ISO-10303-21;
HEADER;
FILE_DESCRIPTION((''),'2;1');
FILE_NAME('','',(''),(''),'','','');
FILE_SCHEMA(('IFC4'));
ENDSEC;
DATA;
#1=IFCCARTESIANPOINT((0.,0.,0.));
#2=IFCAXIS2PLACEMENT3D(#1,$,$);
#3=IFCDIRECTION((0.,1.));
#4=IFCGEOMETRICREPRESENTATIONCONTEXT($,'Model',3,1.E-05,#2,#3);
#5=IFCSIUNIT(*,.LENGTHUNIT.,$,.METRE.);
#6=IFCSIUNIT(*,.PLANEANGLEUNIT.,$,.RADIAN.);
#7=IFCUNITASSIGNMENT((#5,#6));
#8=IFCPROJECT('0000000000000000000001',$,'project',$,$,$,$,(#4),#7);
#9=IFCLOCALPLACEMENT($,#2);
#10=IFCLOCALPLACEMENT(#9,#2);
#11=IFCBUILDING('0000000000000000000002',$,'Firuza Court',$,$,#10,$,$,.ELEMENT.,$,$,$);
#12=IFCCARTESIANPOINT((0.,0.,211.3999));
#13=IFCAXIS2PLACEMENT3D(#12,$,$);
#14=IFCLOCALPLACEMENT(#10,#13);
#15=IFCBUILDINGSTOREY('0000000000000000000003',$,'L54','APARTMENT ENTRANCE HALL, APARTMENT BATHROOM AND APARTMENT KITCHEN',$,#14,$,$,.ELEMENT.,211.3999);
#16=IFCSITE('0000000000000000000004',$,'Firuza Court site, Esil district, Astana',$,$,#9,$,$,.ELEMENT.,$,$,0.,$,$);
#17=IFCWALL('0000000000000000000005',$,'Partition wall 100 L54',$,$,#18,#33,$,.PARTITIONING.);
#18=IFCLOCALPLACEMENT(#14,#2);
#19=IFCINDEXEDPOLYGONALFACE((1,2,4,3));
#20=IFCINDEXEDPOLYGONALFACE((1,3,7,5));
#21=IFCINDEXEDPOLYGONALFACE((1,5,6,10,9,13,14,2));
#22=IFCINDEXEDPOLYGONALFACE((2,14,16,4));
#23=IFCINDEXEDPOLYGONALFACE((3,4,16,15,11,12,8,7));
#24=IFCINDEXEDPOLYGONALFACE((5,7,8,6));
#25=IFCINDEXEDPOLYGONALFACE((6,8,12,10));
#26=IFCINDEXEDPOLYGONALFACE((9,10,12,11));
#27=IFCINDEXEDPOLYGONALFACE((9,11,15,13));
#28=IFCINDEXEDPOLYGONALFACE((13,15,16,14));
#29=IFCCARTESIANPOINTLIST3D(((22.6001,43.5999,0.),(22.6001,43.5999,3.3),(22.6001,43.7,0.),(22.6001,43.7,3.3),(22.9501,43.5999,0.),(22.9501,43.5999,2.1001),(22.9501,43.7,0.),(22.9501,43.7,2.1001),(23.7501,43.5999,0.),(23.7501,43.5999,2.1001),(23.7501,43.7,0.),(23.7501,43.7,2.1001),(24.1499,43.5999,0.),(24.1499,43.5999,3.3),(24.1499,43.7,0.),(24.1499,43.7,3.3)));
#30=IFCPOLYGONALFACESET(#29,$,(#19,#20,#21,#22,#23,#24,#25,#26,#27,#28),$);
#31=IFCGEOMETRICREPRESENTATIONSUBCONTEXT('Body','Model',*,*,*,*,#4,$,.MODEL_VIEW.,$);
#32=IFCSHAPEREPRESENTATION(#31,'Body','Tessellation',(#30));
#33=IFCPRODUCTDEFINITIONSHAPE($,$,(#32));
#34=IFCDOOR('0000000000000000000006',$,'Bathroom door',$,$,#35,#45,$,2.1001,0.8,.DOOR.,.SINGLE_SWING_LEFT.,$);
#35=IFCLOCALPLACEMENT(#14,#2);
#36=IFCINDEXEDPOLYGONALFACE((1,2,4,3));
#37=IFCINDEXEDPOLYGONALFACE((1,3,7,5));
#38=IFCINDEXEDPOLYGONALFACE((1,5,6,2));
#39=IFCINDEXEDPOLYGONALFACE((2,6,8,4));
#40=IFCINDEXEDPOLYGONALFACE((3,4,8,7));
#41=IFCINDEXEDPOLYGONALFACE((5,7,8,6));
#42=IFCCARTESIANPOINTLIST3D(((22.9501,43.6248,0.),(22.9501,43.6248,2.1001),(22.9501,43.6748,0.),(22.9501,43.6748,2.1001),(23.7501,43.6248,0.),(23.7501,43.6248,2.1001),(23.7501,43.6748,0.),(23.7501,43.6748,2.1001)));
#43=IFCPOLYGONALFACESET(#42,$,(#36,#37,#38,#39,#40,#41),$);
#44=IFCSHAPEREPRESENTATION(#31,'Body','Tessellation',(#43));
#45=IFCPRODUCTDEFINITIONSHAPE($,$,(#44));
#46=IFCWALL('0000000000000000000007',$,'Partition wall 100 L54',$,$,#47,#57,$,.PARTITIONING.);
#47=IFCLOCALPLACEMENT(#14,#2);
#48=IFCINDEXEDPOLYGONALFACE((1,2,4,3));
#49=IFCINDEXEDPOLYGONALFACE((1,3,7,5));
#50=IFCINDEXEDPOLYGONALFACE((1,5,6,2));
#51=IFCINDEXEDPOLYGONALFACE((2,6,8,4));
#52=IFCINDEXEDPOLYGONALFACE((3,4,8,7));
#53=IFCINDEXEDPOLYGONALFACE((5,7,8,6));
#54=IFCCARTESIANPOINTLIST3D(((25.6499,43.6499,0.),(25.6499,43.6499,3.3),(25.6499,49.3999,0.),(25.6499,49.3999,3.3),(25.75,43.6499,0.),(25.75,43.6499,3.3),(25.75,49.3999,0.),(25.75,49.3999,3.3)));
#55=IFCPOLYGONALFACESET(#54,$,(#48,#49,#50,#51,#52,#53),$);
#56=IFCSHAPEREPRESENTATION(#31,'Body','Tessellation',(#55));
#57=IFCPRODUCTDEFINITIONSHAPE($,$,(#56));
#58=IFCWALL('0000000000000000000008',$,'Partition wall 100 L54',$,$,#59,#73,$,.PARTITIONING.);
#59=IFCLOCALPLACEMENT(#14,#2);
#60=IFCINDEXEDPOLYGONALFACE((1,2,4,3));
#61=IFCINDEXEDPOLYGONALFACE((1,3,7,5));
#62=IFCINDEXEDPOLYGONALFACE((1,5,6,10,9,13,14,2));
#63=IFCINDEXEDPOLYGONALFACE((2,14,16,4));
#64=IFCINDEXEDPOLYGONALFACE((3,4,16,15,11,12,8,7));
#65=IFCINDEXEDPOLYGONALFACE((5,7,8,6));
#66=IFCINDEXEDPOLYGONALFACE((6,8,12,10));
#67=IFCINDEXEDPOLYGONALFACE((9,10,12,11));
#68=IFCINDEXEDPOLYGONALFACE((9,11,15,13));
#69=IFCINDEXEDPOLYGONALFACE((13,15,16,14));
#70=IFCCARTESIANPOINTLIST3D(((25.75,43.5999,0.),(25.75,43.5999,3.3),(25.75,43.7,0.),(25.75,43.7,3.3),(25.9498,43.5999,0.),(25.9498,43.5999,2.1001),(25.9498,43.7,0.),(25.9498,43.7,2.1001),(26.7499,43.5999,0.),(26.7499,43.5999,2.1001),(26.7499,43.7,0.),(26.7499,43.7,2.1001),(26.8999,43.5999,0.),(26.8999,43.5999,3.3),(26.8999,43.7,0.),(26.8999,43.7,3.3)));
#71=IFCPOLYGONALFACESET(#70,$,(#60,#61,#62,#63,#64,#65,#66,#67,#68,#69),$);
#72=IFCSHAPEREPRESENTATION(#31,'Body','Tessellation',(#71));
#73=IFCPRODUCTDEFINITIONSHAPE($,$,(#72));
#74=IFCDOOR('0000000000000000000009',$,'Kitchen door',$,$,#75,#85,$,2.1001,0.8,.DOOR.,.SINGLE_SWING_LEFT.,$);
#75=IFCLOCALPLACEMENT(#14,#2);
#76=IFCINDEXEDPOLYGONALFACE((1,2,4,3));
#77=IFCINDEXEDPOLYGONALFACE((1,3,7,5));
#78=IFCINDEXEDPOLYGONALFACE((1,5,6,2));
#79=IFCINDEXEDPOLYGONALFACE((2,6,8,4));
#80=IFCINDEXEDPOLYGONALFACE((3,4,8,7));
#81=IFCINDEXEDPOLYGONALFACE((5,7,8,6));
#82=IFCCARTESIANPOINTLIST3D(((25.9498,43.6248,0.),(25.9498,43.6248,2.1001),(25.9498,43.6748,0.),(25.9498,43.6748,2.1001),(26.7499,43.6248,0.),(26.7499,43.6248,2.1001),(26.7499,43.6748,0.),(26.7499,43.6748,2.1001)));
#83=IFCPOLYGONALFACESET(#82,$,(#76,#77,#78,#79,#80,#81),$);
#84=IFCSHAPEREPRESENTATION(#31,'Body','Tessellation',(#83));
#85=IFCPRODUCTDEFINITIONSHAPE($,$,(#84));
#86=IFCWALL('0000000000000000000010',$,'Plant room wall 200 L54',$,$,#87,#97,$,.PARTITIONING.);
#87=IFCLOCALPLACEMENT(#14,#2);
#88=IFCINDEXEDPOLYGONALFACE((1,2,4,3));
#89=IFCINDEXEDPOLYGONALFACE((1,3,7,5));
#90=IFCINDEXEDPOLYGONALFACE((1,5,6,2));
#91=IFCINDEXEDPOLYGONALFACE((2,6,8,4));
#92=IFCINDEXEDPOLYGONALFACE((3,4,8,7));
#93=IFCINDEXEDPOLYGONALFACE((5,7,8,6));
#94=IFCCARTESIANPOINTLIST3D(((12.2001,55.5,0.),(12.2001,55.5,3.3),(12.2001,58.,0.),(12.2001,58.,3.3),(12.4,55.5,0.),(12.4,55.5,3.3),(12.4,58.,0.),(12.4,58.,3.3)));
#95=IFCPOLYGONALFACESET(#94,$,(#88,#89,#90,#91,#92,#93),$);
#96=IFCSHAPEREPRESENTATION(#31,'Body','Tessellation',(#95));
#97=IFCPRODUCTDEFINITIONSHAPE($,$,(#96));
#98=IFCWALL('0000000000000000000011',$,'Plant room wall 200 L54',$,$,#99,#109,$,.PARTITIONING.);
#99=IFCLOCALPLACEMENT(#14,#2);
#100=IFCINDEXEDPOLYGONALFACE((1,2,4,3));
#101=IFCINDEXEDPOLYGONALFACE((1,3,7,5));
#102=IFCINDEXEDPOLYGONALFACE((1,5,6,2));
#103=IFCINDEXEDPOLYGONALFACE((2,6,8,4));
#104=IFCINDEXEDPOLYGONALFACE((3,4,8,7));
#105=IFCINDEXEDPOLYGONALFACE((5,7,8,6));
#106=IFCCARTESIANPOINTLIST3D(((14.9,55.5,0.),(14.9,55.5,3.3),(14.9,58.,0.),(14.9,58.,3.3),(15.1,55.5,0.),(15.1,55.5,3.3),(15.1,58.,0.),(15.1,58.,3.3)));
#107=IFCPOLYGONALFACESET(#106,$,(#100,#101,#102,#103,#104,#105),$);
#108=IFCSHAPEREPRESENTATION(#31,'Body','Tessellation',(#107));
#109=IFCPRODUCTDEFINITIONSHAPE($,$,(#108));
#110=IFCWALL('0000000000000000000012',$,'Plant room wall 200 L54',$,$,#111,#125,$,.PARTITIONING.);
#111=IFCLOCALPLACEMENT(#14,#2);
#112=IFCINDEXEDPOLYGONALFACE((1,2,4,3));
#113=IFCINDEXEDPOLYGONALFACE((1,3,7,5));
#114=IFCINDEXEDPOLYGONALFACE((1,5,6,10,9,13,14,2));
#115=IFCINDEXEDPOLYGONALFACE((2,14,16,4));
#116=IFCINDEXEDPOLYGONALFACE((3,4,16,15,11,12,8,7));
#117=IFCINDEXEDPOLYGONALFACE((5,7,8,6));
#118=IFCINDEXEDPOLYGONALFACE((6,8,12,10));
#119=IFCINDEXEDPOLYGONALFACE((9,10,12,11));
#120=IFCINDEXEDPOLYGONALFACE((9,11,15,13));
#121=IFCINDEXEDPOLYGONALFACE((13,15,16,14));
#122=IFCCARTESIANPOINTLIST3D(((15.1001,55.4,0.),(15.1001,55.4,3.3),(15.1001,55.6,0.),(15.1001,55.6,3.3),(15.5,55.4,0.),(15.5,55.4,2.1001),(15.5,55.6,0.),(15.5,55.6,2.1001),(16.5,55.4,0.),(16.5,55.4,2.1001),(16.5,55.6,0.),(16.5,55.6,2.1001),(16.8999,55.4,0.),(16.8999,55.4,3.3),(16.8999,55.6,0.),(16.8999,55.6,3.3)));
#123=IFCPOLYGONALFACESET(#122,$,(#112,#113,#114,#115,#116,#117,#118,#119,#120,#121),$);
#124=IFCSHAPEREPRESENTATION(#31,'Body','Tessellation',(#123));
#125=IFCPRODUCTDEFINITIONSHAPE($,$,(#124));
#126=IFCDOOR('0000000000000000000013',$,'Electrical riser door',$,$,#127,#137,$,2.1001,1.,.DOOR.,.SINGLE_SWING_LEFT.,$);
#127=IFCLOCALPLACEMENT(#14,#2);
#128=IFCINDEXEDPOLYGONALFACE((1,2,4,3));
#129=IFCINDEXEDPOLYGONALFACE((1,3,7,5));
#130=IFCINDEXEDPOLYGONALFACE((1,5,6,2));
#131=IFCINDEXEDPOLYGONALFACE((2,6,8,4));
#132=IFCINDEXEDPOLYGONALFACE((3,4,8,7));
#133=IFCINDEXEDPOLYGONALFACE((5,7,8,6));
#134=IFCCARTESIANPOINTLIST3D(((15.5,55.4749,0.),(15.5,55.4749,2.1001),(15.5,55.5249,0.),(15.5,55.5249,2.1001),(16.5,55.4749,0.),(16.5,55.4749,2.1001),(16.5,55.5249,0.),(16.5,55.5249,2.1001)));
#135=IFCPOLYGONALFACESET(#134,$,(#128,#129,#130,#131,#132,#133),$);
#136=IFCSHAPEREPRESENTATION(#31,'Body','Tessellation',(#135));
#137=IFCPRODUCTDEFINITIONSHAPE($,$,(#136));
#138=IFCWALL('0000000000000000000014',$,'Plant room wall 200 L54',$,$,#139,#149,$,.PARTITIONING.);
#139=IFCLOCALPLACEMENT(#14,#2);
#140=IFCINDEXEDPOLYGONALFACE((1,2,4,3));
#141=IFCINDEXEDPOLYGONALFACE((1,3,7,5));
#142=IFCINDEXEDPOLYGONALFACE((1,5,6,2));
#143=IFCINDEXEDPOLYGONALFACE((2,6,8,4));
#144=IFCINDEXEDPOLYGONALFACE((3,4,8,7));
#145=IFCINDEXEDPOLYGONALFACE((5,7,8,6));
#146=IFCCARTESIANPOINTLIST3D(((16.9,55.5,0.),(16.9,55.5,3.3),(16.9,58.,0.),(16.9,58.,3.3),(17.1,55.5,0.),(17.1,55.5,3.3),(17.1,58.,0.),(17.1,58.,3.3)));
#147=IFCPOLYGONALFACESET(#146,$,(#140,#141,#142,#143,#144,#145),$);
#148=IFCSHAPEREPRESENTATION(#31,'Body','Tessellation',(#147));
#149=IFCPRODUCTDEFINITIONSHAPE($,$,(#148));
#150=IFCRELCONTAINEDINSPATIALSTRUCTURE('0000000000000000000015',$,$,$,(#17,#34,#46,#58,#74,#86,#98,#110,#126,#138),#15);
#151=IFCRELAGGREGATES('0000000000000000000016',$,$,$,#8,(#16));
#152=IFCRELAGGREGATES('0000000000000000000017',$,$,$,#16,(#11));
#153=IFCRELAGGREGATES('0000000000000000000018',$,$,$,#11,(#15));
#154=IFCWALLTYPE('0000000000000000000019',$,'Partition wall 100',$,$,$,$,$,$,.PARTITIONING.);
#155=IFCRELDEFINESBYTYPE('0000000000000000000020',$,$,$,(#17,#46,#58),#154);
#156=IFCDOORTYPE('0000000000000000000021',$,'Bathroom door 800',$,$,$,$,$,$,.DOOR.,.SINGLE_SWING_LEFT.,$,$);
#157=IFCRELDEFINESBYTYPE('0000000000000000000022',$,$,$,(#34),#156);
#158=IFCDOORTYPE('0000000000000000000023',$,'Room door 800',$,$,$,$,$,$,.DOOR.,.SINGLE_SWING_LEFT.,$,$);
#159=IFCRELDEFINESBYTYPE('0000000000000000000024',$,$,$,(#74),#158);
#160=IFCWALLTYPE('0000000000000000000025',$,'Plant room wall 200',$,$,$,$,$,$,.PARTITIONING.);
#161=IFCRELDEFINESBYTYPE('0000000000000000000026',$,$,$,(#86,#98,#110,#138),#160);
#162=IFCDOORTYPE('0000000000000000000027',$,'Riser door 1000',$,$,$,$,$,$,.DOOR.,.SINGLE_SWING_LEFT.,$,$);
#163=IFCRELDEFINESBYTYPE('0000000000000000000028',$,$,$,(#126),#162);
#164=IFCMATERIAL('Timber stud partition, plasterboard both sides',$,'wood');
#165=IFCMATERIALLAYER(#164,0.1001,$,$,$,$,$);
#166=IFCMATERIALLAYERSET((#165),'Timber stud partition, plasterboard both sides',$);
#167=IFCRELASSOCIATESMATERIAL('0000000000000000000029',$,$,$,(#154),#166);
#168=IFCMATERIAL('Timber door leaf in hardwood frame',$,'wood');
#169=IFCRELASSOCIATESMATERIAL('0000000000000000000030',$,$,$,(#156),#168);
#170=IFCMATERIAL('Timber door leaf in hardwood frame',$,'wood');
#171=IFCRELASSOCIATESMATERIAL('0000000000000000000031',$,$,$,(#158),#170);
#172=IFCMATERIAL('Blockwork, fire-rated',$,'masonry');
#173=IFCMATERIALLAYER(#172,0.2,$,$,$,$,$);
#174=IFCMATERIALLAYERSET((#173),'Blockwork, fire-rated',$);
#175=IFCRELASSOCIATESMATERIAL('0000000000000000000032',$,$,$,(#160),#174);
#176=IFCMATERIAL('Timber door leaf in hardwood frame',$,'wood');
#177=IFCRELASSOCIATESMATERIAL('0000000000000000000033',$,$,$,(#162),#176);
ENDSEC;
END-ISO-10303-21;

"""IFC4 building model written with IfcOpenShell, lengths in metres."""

from ifc_helpers import new_model, si_unit, direction, frame, frame_2d, origin, place, context, subcontext, project, spatial, rectangle, extrude, material, layer, layer_set, type_object, element, fill, save


model = new_model("IFC4")

# Units and contexts
model_context = context("Model", 3, precision=1e-05, world=origin(), true_north=direction((0.0, 1.0)))
body_context = subcontext(model_context, "Body", "Model", "MODEL_VIEW")
ifc_project = project(units=[si_unit("LENGTHUNIT", "METRE"), si_unit("PLANEANGLEUNIT", "RADIAN")], contexts=[model_context])

# Site, building, storey
site_placement = place(None, origin())
site = spatial("IfcSite", under=ifc_project, at=site_placement, Name="Firuza Court site, Esil district, Astana", CompositionType="ELEMENT", RefElevation=0.0)
building_placement = place(site_placement, origin())
building = spatial("IfcBuilding", under=site, at=building_placement, Name="Firuza Court", CompositionType="ELEMENT")
storey_placement = place(building_placement, frame((0.0, 0.0, 211.3999)))
storey = spatial("IfcBuildingStorey", under=building, at=storey_placement, Name="L54", Description="APARTMENT ENTRANCE HALL, APARTMENT BATHROOM AND APARTMENT KITCHEN", CompositionType="ELEMENT", Elevation=211.3999)

# Wall, opening, door
ifc_material_1 = material(Name="Timber stud partition, plasterboard both sides", Category="wood")
ifc_layer_1 = layer(ifc_material_1, 0.1001)
ifc_layer_set_1 = layer_set([ifc_layer_1], Name="Timber stud partition, plasterboard both sides")
wall_type_1 = type_object("IfcWallType", Name="Partition wall 100", PredefinedType="PARTITIONING", material=ifc_layer_set_1)
wall_1_placement = place(storey_placement, frame((22.6001, 43.6499, 0.0), z_axis=(0.0, 0.0, 1.0), x_axis=(1.0, 0.0, 0.0)))
wall_1 = element("IfcWall", 1, at=wall_1_placement, inside=storey, type_object=wall_type_1, Name="Partition wall 100 L54", PredefinedType="PARTITIONING", context=body_context, shape_type="SweptSolid", body=[
    extrude(rectangle(XDim=1.5498, YDim=0.1001, at=frame_2d((0.7749, 0.0))), origin(), (0.0, 0.0, 1.0), 3.3),
])
opening_1_placement = place(wall_1_placement, frame((0.3501, 0.0, 0.0)))
opening_1 = element("IfcOpeningElement", 2, at=opening_1_placement, cuts=wall_1, PredefinedType="OPENING", context=body_context, shape_type="SweptSolid", body=[
    extrude(rectangle(XDim=0.8, YDim=2.1001, at=frame_2d((0.3999, 1.05))), frame((0.0, 0.062, 0.0), z_axis=(0.0, -1.0, 0.0), x_axis=(1.0, 0.0, 0.0)), (0.0, 0.0, 1.0), 0.124),
])
ifc_material_2 = material(Name="Timber door leaf in hardwood frame", Category="wood")
door_type_1 = type_object("IfcDoorType", Name="Bathroom door 800", OperationType="SINGLE_SWING_LEFT", PredefinedType="DOOR", material=ifc_material_2)
door_1_placement = place(opening_1_placement, origin())
door_1 = element("IfcDoor", 3, at=door_1_placement, inside=storey, type_object=door_type_1, Name="Bathroom door", OperationType="SINGLE_SWING_LEFT", OverallHeight=2.1001, OverallWidth=0.8, PredefinedType="DOOR", context=body_context, shape_type="SweptSolid", body=[
    extrude(rectangle(XDim=0.8, YDim=2.1001, at=frame_2d((0.3999, 1.05))), frame((0.0, 0.0249, 0.0), z_axis=(0.0, -1.0, 0.0), x_axis=(1.0, 0.0, 0.0)), (0.0, 0.0, 1.0), 0.05),
])
fill(opening_1, door_1)

# Wall
wall_2_placement = place(storey_placement, frame((25.7, 43.6499, 0.0), z_axis=(0.0, 0.0, 1.0), x_axis=(0.0, 1.0, 0.0)))
element("IfcWall", 4, at=wall_2_placement, inside=storey, type_object=wall_type_1, Name="Partition wall 100 L54", PredefinedType="PARTITIONING", context=body_context, shape_type="SweptSolid", body=[
    extrude(rectangle(XDim=5.75, YDim=0.1001, at=frame_2d((2.875, 0.0))), origin(), (0.0, 0.0, 1.0), 3.3),
])

# Wall, opening, door
wall_3_placement = place(storey_placement, frame((25.75, 43.6499, 0.0), z_axis=(0.0, 0.0, 1.0), x_axis=(1.0, 0.0, 0.0)))
wall_3 = element("IfcWall", 5, at=wall_3_placement, inside=storey, type_object=wall_type_1, Name="Partition wall 100 L54", PredefinedType="PARTITIONING", context=body_context, shape_type="SweptSolid", body=[
    extrude(rectangle(XDim=1.1499, YDim=0.1001, at=frame_2d((0.575, 0.0))), origin(), (0.0, 0.0, 1.0), 3.3),
])
opening_2_placement = place(wall_3_placement, frame((0.2, 0.0, 0.0)))
opening_2 = element("IfcOpeningElement", 6, at=opening_2_placement, cuts=wall_3, PredefinedType="OPENING", context=body_context, shape_type="SweptSolid", body=[
    extrude(rectangle(XDim=0.8, YDim=2.1001, at=frame_2d((0.3999, 1.05))), frame((0.0, 0.062, 0.0), z_axis=(0.0, -1.0, 0.0), x_axis=(1.0, 0.0, 0.0)), (0.0, 0.0, 1.0), 0.124),
])
ifc_material_3 = material(Name="Timber door leaf in hardwood frame", Category="wood")
door_type_2 = type_object("IfcDoorType", Name="Room door 800", OperationType="SINGLE_SWING_LEFT", PredefinedType="DOOR", material=ifc_material_3)
door_2_placement = place(opening_2_placement, origin())
door_2 = element("IfcDoor", 7, at=door_2_placement, inside=storey, type_object=door_type_2, Name="Kitchen door", OperationType="SINGLE_SWING_LEFT", OverallHeight=2.1001, OverallWidth=0.8, PredefinedType="DOOR", context=body_context, shape_type="SweptSolid", body=[
    extrude(rectangle(XDim=0.8, YDim=2.1001, at=frame_2d((0.3999, 1.05))), frame((0.0, 0.0249, 0.0), z_axis=(0.0, -1.0, 0.0), x_axis=(1.0, 0.0, 0.0)), (0.0, 0.0, 1.0), 0.05),
])
fill(opening_2, door_2)

# Walls
ifc_material_4 = material(Name="Blockwork, fire-rated", Category="masonry")
ifc_layer_2 = layer(ifc_material_4, 0.2)
ifc_layer_set_2 = layer_set([ifc_layer_2], Name="Blockwork, fire-rated")
wall_type_2 = type_object("IfcWallType", Name="Plant room wall 200", PredefinedType="PARTITIONING", material=ifc_layer_set_2)
for number, where, z_axis, x_axis, name in (
    (8, (12.3, 55.5, 0.0), (0.0, 0.0, 1.0), (0.0, 1.0, 0.0), "Plant room wall 200 L54"),
    (9, (15.0, 55.5, 0.0), (0.0, 0.0, 1.0), (0.0, 1.0, 0.0), "Plant room wall 200 L54"),
):
    element("IfcWall", number, at=place(storey_placement, frame(where, z_axis=z_axis, x_axis=x_axis)), inside=storey, type_object=wall_type_2, Name=name, PredefinedType="PARTITIONING", context=body_context, shape_type="SweptSolid", body=[
        extrude(rectangle(XDim=2.5, YDim=0.2, at=frame_2d((1.25, 0.0))), origin(), (0.0, 0.0, 1.0), 3.3),
    ])

# Wall, opening, door
wall_4_placement = place(storey_placement, frame((15.1001, 55.5, 0.0), z_axis=(0.0, 0.0, 1.0), x_axis=(1.0, 0.0, 0.0)))
wall_4 = element("IfcWall", 10, at=wall_4_placement, inside=storey, type_object=wall_type_2, Name="Plant room wall 200 L54", PredefinedType="PARTITIONING", context=body_context, shape_type="SweptSolid", body=[
    extrude(rectangle(XDim=1.7998, YDim=0.2, at=frame_2d((0.8999, 0.0))), origin(), (0.0, 0.0, 1.0), 3.3),
])
opening_3_placement = place(wall_4_placement, frame((0.3999, 0.0, 0.0)))
opening_3 = element("IfcOpeningElement", 11, at=opening_3_placement, cuts=wall_4, PredefinedType="OPENING", context=body_context, shape_type="SweptSolid", body=[
    extrude(rectangle(XDim=1.0, YDim=2.1001, at=frame_2d((0.5, 1.05))), frame((0.0, 0.1118, 0.0), z_axis=(0.0, -1.0, 0.0), x_axis=(1.0, 0.0, 0.0)), (0.0, 0.0, 1.0), 0.2239),
])
ifc_material_5 = material(Name="Timber door leaf in hardwood frame", Category="wood")
door_type_3 = type_object("IfcDoorType", Name="Riser door 1000", OperationType="SINGLE_SWING_LEFT", PredefinedType="DOOR", material=ifc_material_5)
door_3_placement = place(opening_3_placement, origin())
door_3 = element("IfcDoor", 12, at=door_3_placement, inside=storey, type_object=door_type_3, Name="Electrical riser door", OperationType="SINGLE_SWING_LEFT", OverallHeight=2.1001, OverallWidth=1.0, PredefinedType="DOOR", context=body_context, shape_type="SweptSolid", body=[
    extrude(rectangle(XDim=1.0, YDim=2.1001, at=frame_2d((0.5, 1.05))), frame((0.0, 0.0249, 0.0), z_axis=(0.0, -1.0, 0.0), x_axis=(1.0, 0.0, 0.0)), (0.0, 0.0, 1.0), 0.05),
])
fill(opening_3, door_3)

# Wall
wall_5_placement = place(storey_placement, frame((17.0, 55.5, 0.0), z_axis=(0.0, 0.0, 1.0), x_axis=(0.0, 1.0, 0.0)))
element("IfcWall", 13, at=wall_5_placement, inside=storey, type_object=wall_type_2, Name="Plant room wall 200 L54", PredefinedType="PARTITIONING", context=body_context, shape_type="SweptSolid", body=[
    extrude(rectangle(XDim=2.5, YDim=0.2, at=frame_2d((1.25, 0.0))), origin(), (0.0, 0.0, 1.0), 3.3),
])

save(model, "model.ifc")
